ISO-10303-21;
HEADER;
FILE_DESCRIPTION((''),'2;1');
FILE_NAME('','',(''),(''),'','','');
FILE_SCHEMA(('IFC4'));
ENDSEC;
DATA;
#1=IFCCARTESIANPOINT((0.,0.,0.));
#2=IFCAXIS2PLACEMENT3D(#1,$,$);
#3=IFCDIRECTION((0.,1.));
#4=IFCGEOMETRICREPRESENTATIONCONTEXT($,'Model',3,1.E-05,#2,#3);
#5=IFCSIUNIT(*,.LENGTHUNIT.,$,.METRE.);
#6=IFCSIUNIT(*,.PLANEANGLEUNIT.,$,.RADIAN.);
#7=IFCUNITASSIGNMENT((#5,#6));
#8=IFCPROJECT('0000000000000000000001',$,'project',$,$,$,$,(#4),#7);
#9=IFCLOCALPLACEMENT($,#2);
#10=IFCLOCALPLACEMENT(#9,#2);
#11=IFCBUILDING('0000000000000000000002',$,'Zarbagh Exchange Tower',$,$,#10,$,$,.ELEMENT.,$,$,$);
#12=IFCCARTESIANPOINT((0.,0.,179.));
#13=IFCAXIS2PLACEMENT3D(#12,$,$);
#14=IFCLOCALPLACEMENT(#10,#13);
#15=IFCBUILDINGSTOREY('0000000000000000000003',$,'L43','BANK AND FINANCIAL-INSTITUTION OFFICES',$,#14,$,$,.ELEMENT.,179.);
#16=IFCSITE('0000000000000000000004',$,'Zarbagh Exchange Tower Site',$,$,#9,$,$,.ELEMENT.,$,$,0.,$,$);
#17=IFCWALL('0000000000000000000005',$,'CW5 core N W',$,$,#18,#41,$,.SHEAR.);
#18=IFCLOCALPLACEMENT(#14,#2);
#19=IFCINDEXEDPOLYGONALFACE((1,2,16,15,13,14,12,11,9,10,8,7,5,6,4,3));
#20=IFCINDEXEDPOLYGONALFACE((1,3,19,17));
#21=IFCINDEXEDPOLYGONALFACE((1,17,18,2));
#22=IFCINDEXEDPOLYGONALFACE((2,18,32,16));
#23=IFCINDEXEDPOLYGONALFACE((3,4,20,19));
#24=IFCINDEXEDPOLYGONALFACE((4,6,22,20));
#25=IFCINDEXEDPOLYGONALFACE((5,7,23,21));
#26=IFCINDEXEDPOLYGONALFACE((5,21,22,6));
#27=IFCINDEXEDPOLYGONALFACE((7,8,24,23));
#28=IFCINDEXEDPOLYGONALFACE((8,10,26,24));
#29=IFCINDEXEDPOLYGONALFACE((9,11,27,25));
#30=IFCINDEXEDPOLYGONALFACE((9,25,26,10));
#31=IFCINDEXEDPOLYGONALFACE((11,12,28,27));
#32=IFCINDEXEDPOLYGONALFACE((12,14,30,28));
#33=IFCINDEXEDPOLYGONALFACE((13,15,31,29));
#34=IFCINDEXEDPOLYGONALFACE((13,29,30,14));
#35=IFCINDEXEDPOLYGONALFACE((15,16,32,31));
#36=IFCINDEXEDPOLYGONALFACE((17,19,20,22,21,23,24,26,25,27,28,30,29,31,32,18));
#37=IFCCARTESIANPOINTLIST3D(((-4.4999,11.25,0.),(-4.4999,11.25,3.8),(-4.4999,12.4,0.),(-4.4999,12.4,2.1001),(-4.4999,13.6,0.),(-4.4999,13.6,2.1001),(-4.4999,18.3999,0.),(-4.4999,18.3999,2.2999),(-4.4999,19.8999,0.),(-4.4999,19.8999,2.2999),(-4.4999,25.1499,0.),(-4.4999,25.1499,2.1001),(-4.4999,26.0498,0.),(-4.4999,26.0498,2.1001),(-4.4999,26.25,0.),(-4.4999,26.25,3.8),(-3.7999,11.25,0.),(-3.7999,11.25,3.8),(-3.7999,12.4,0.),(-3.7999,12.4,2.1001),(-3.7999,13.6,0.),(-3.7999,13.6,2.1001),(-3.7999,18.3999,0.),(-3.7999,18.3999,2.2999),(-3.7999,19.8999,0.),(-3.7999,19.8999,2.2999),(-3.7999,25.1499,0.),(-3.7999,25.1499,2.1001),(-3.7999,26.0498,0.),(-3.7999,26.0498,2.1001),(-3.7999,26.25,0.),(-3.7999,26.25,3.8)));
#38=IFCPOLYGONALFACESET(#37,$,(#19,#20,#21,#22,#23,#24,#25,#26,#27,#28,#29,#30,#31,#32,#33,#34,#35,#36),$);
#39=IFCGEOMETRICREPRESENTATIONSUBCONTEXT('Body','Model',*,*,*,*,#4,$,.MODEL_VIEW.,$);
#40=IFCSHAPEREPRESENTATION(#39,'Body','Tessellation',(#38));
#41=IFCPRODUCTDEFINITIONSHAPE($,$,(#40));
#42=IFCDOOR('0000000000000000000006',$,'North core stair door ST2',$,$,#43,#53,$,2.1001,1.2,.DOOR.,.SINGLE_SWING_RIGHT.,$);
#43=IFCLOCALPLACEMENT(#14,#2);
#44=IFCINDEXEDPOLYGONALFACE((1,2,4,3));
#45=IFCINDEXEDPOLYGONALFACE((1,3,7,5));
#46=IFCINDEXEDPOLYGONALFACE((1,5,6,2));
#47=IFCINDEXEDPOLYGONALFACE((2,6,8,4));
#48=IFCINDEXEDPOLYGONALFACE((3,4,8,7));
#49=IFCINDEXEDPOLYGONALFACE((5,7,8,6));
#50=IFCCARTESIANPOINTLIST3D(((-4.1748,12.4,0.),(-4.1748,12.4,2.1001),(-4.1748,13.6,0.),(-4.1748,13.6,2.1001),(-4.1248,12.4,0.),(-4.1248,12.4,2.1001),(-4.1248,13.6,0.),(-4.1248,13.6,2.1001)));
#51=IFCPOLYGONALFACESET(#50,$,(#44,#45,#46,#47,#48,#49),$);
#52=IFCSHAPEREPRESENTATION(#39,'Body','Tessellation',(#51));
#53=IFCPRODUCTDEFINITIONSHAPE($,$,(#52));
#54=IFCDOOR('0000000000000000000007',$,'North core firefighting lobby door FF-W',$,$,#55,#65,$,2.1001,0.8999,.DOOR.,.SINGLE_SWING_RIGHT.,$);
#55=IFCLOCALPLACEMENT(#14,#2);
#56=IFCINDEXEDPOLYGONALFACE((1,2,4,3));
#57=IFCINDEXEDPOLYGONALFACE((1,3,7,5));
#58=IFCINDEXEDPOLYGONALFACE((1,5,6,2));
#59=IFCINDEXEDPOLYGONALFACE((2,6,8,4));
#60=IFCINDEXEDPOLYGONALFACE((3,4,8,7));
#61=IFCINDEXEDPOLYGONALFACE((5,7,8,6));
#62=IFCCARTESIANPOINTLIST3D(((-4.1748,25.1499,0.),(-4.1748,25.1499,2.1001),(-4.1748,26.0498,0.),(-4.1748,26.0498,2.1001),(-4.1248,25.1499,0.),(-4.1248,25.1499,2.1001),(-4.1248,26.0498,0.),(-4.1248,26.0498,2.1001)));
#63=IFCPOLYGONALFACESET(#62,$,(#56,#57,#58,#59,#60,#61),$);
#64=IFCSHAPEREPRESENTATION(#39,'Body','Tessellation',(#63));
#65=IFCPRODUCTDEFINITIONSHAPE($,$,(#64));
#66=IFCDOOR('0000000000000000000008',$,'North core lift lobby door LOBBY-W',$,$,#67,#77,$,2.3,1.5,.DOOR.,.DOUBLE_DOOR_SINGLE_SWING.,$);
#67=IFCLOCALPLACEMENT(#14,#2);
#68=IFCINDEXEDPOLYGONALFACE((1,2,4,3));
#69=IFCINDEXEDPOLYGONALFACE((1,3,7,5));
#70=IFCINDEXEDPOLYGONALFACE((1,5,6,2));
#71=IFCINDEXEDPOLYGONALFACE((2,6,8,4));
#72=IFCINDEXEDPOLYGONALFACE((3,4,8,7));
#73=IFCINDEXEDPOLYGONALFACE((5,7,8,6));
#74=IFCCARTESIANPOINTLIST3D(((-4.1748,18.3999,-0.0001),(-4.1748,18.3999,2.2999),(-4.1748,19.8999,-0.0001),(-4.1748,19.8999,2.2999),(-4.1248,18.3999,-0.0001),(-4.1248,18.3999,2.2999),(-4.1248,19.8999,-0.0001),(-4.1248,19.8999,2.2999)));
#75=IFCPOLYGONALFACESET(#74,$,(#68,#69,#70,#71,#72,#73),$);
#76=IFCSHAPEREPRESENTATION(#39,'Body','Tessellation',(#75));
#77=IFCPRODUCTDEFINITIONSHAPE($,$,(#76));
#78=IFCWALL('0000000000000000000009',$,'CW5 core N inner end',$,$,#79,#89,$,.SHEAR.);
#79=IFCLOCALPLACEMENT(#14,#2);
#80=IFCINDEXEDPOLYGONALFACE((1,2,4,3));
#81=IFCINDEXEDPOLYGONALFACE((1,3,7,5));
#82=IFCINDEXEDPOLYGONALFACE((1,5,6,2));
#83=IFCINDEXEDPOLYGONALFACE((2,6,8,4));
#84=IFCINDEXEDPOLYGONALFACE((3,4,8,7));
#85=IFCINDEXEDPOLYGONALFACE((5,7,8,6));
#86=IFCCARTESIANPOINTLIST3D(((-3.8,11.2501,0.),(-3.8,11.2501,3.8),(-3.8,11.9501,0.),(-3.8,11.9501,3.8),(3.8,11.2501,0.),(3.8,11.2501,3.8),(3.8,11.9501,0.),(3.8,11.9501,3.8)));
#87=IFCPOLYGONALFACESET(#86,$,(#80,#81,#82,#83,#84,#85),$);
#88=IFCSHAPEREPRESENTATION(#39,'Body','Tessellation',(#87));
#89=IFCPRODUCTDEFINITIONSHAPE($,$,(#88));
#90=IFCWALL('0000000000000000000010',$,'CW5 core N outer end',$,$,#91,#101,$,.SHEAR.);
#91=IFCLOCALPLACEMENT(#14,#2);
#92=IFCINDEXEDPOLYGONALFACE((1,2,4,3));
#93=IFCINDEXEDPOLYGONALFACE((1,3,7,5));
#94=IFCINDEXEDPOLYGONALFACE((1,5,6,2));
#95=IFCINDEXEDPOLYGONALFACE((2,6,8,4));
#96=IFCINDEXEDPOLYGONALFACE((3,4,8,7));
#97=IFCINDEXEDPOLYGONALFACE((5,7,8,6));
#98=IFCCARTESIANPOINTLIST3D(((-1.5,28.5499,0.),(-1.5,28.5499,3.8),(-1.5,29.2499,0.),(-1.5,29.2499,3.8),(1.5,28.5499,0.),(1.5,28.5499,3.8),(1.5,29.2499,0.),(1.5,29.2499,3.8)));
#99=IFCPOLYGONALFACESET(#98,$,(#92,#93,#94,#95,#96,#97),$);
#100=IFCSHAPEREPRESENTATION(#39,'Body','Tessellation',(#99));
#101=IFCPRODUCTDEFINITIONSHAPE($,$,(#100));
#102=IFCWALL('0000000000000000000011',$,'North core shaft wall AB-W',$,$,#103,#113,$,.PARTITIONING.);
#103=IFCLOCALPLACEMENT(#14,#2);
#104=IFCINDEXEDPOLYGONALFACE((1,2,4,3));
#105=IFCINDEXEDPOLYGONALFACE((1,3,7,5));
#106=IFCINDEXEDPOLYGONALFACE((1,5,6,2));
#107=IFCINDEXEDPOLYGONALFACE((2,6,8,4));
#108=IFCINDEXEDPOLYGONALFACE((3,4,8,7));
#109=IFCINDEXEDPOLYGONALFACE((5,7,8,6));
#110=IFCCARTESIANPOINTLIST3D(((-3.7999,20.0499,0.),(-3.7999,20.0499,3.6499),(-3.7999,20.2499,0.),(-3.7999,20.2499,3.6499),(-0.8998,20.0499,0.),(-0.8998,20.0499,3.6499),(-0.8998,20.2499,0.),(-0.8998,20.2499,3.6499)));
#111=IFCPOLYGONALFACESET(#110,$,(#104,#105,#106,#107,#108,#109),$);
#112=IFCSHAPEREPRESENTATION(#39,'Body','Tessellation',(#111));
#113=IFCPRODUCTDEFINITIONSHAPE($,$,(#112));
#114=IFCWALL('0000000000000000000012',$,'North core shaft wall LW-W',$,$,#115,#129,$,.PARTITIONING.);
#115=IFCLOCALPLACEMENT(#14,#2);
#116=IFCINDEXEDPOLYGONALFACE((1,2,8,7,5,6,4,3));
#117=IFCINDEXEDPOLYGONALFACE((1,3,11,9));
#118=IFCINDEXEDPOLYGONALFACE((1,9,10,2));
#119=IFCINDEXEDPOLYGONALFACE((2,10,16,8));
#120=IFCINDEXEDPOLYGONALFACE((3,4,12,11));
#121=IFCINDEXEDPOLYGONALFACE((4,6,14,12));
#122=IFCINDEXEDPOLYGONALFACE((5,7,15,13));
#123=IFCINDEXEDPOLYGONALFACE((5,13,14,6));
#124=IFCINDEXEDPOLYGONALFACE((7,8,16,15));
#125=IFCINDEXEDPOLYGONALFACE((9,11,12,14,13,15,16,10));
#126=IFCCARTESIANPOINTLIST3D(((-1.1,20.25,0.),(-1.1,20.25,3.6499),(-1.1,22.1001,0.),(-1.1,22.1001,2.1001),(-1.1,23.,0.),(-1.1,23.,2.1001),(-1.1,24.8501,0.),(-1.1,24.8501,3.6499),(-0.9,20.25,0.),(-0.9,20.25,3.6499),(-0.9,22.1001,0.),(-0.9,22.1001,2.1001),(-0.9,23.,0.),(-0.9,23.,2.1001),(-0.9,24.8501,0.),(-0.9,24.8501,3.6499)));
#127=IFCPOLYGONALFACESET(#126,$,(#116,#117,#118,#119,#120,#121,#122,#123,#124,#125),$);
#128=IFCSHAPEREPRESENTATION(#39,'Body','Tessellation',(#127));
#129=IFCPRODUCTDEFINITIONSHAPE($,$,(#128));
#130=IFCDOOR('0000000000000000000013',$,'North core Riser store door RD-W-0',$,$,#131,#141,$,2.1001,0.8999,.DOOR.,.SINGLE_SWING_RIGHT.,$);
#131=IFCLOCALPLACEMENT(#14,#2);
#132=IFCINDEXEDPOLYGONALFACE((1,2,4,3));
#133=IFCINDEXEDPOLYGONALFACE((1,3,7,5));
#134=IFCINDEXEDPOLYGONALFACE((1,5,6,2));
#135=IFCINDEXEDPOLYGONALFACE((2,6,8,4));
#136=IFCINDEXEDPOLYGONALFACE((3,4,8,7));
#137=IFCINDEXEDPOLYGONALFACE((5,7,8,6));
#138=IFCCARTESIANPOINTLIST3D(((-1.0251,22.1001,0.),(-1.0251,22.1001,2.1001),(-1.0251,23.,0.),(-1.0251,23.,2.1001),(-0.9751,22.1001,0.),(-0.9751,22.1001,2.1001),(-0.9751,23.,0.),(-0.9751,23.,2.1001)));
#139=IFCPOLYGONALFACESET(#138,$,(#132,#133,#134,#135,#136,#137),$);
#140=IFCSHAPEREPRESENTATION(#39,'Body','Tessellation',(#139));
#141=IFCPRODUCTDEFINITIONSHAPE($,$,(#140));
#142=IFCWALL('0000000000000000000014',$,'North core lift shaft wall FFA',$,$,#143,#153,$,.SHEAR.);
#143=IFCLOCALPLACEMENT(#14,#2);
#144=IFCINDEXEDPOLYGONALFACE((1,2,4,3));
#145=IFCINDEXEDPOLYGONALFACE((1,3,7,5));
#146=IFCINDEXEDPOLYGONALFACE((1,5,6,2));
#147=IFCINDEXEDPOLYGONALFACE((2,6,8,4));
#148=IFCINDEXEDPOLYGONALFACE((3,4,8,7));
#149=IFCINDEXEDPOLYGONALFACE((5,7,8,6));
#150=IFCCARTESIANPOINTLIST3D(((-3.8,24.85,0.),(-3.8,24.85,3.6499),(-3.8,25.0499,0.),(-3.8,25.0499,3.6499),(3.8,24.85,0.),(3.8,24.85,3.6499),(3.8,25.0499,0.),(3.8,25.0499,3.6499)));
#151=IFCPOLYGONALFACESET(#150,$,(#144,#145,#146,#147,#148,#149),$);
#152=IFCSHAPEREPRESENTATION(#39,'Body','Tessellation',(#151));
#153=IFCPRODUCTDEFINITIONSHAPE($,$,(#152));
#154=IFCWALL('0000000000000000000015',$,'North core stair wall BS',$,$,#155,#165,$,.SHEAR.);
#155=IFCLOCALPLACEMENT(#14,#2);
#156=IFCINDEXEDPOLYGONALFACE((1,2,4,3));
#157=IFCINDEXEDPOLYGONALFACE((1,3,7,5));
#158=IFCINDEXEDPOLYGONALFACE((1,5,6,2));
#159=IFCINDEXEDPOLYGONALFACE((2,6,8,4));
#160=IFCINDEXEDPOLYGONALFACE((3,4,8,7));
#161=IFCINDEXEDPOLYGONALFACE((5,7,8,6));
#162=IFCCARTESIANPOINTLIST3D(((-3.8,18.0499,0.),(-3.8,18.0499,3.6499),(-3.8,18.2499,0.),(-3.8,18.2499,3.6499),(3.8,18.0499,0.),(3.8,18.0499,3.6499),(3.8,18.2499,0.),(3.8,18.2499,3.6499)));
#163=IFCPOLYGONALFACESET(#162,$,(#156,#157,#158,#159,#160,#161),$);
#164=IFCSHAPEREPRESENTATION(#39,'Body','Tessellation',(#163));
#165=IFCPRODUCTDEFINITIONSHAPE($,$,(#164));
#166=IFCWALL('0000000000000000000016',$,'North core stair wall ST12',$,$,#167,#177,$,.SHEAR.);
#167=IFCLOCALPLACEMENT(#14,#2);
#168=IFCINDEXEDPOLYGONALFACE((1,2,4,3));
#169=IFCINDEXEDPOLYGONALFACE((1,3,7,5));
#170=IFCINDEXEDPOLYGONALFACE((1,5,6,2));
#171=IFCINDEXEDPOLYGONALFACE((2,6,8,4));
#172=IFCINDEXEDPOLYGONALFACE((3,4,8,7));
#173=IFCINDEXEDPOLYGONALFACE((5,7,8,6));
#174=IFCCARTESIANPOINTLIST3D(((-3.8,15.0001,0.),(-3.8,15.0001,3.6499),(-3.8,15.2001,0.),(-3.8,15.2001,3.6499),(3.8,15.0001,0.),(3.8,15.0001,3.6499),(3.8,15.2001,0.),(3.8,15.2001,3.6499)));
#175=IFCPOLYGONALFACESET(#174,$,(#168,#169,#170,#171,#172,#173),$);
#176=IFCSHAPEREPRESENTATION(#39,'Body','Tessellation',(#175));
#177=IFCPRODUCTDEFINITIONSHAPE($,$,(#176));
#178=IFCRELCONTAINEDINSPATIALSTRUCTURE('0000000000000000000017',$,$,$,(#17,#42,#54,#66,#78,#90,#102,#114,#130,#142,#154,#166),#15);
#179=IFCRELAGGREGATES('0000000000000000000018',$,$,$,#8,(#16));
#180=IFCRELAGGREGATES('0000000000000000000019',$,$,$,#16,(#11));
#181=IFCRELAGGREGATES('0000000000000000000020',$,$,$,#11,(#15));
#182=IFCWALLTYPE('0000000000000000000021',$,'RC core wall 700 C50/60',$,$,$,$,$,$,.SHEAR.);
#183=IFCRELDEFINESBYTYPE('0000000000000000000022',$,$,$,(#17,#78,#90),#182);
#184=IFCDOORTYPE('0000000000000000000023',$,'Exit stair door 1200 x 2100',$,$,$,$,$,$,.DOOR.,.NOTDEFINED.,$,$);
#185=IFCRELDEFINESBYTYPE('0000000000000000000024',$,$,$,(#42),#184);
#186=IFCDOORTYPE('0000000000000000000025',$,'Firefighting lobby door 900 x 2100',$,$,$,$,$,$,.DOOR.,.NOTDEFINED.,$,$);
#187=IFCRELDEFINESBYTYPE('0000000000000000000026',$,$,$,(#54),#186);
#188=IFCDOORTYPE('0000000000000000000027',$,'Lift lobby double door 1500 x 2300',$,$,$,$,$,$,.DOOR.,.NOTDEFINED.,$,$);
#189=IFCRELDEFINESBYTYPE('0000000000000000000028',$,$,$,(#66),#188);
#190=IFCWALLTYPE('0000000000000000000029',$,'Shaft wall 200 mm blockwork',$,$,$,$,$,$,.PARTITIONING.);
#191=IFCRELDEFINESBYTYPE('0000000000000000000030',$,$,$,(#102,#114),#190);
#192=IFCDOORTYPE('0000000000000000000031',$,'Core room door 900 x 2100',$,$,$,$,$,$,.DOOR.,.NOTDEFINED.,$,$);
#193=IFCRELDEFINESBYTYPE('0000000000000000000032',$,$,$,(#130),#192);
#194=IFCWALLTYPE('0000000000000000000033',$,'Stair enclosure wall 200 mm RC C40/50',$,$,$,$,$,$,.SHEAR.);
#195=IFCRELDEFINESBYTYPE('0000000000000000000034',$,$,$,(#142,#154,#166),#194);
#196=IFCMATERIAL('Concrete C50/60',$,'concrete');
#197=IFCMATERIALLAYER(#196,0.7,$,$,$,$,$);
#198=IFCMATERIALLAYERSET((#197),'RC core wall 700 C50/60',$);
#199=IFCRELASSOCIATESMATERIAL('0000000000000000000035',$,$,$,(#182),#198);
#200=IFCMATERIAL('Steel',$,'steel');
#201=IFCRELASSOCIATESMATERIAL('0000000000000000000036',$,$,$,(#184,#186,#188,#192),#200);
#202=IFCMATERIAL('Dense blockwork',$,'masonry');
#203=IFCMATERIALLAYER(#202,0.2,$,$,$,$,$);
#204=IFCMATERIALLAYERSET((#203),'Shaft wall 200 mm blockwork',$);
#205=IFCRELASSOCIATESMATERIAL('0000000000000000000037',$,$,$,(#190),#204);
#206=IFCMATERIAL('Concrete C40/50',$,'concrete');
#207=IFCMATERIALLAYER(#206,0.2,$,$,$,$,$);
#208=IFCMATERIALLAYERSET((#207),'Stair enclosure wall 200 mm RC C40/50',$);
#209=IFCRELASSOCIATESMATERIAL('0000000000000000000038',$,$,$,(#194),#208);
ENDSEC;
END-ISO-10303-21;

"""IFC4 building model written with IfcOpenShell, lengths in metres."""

from ifc_helpers import new_model, si_unit, direction, frame, frame_2d, origin, place, context, subcontext, project, spatial, rectangle, extrude, material, layer, layer_set, type_object, element, fill, save


model = new_model("IFC4")

# Units and contexts
model_context = context("Model", 3, precision=1e-05, world=origin(), true_north=direction((0.0, 1.0)))
body_context = subcontext(model_context, "Body", "Model", "MODEL_VIEW")
ifc_project = project(units=[si_unit("LENGTHUNIT", "METRE"), si_unit("PLANEANGLEUNIT", "RADIAN")], contexts=[model_context])

# Site, building, storey
site_placement = place(None, origin())
site = spatial("IfcSite", under=ifc_project, at=site_placement, Name="Zarbagh Exchange Tower Site", CompositionType="ELEMENT", RefElevation=0.0)
building_placement = place(site_placement, origin())
building = spatial("IfcBuilding", under=site, at=building_placement, Name="Zarbagh Exchange Tower", CompositionType="ELEMENT")
storey_placement = place(building_placement, frame((0.0, 0.0, 179.0)))
storey = spatial("IfcBuildingStorey", under=building, at=storey_placement, Name="L43", Description="BANK AND FINANCIAL-INSTITUTION OFFICES", CompositionType="ELEMENT", Elevation=179.0)

# Shared definitions
ifc_material_1 = material(Name="Concrete C50/60", Category="concrete")

# Wall, openings, doors
ifc_layer_1 = layer(ifc_material_1, 0.7)
ifc_layer_set_1 = layer_set([ifc_layer_1], Name="RC core wall 700 C50/60")
wall_type_1 = type_object("IfcWallType", Name="RC core wall 700 C50/60", PredefinedType="SHEAR", material=ifc_layer_set_1)
wall_1_placement = place(storey_placement, frame((-4.1499, 11.25, 0.0), z_axis=(0.0, 0.0, 1.0), x_axis=(0.0, 1.0, 0.0)))
wall_1 = element("IfcWall", 1, at=wall_1_placement, inside=storey, type_object=wall_type_1, Name="CW5 core N W", PredefinedType="SHEAR", context=body_context, shape_type="SweptSolid", body=[
    extrude(rectangle(XDim=15.0, YDim=0.7, at=frame_2d((7.5, 0.0))), origin(), (0.0, 0.0, 1.0), 3.8),
])
opening_1_placement = place(wall_1_placement, frame((7.1499, 0.0, 0.0)))
opening_1 = element("IfcOpeningElement", 2, at=opening_1_placement, cuts=wall_1, PredefinedType="OPENING", context=body_context, shape_type="SweptSolid", body=[
    extrude(rectangle(XDim=1.5, YDim=2.3, at=frame_2d((0.75, 1.1499))), frame((0.0, 0.3599, 0.0), z_axis=(0.0, -1.0, 0.0), x_axis=(1.0, 0.0, 0.0)), (0.0, 0.0, 1.0), 0.72),
])
opening_2_placement = place(wall_1_placement, frame((13.8999, 0.0, 0.0)))
opening_2 = element("IfcOpeningElement", 3, at=opening_2_placement, cuts=wall_1, PredefinedType="OPENING", context=body_context, shape_type="SweptSolid", body=[
    extrude(rectangle(XDim=0.8999, YDim=2.1001, at=frame_2d((0.45, 1.05))), frame((0.0, 0.3599, 0.0), z_axis=(0.0, -1.0, 0.0), x_axis=(1.0, 0.0, 0.0)), (0.0, 0.0, 1.0), 0.72),
])
opening_3_placement = place(wall_1_placement, frame((1.1499, 0.0, 0.0)))
opening_3 = element("IfcOpeningElement", 4, at=opening_3_placement, cuts=wall_1, PredefinedType="OPENING", context=body_context, shape_type="SweptSolid", body=[
    extrude(rectangle(XDim=1.2, YDim=2.1001, at=frame_2d((0.6001, 1.05))), frame((0.0, 0.3599, 0.0), z_axis=(0.0, -1.0, 0.0), x_axis=(1.0, 0.0, 0.0)), (0.0, 0.0, 1.0), 0.72),
])
ifc_material_2 = material(Name="Steel", Category="steel")
door_type_1 = type_object("IfcDoorType", Name="Exit stair door 1200 x 2100", OperationType="NOTDEFINED", PredefinedType="DOOR", material=ifc_material_2)
door_1_placement = place(opening_3_placement, origin())
door_1 = element("IfcDoor", 5, at=door_1_placement, inside=storey, type_object=door_type_1, Name="North core stair door ST2", OperationType="SINGLE_SWING_RIGHT", OverallHeight=2.1001, OverallWidth=1.2, PredefinedType="DOOR", context=body_context, shape_type="SweptSolid", body=[
    extrude(rectangle(XDim=1.2, YDim=2.1001, at=frame_2d((0.6001, 1.05))), frame((0.0, 0.0249, 0.0), z_axis=(0.0, -1.0, 0.0), x_axis=(1.0, 0.0, 0.0)), (0.0, 0.0, 1.0), 0.05),
])
fill(opening_3, door_1)
door_type_2 = type_object("IfcDoorType", Name="Firefighting lobby door 900 x 2100", OperationType="NOTDEFINED", PredefinedType="DOOR", material=ifc_material_2)
door_2_placement = place(opening_2_placement, origin())
door_2 = element("IfcDoor", 6, at=door_2_placement, inside=storey, type_object=door_type_2, Name="North core firefighting lobby door FF-W", OperationType="SINGLE_SWING_RIGHT", OverallHeight=2.1001, OverallWidth=0.8999, PredefinedType="DOOR", context=body_context, shape_type="SweptSolid", body=[
    extrude(rectangle(XDim=0.8999, YDim=2.1001, at=frame_2d((0.45, 1.05))), frame((0.0, 0.0249, 0.0), z_axis=(0.0, -1.0, 0.0), x_axis=(1.0, 0.0, 0.0)), (0.0, 0.0, 1.0), 0.05),
])
fill(opening_2, door_2)
door_type_3 = type_object("IfcDoorType", Name="Lift lobby double door 1500 x 2300", OperationType="NOTDEFINED", PredefinedType="DOOR", material=ifc_material_2)
door_3_placement = place(opening_1_placement, origin())
door_3 = element("IfcDoor", 7, at=door_3_placement, inside=storey, type_object=door_type_3, Name="North core lift lobby door LOBBY-W", OperationType="DOUBLE_DOOR_SINGLE_SWING", OverallHeight=2.3, OverallWidth=1.5, PredefinedType="DOOR", context=body_context, shape_type="SweptSolid", body=[
    extrude(rectangle(XDim=1.5, YDim=2.3, at=frame_2d((0.75, 1.1499))), frame((0.0, 0.0249, 0.0), z_axis=(0.0, -1.0, 0.0), x_axis=(1.0, 0.0, 0.0)), (0.0, 0.0, 1.0), 0.05),
])
fill(opening_1, door_3)

# Walls
wall_2_placement = place(storey_placement, frame((-3.8, 11.6001, 0.0), z_axis=(0.0, 0.0, 1.0), x_axis=(1.0, 0.0, 0.0)))
element("IfcWall", 8, at=wall_2_placement, inside=storey, type_object=wall_type_1, Name="CW5 core N inner end", PredefinedType="SHEAR", context=body_context, shape_type="SweptSolid", body=[
    extrude(rectangle(XDim=7.6001, YDim=0.7, at=frame_2d((3.8, 0.0))), origin(), (0.0, 0.0, 1.0), 3.8),
])
wall_3_placement = place(storey_placement, frame((-1.5, 28.8999, 0.0), z_axis=(0.0, 0.0, 1.0), x_axis=(1.0, 0.0, 0.0)))
element("IfcWall", 9, at=wall_3_placement, inside=storey, type_object=wall_type_1, Name="CW5 core N outer end", PredefinedType="SHEAR", context=body_context, shape_type="SweptSolid", body=[
    extrude(rectangle(XDim=3.0, YDim=0.7, at=frame_2d((1.5, 0.0))), origin(), (0.0, 0.0, 1.0), 3.8),
])
ifc_material_3 = material(Name="Dense blockwork", Category="masonry")
ifc_layer_2 = layer(ifc_material_3, 0.2)
ifc_layer_set_2 = layer_set([ifc_layer_2], Name="Shaft wall 200 mm blockwork")
wall_type_2 = type_object("IfcWallType", Name="Shaft wall 200 mm blockwork", PredefinedType="PARTITIONING", material=ifc_layer_set_2)
wall_4_placement = place(storey_placement, frame((-3.8, 20.1499, 0.0), z_axis=(0.0, 0.0, 1.0), x_axis=(1.0, 0.0, 0.0)))
element("IfcWall", 10, at=wall_4_placement, inside=storey, type_object=wall_type_2, Name="North core shaft wall AB-W", PredefinedType="PARTITIONING", context=body_context, shape_type="SweptSolid", body=[
    extrude(rectangle(XDim=2.9001, YDim=0.2, at=frame_2d((1.4502, 0.0))), origin(), (0.0, 0.0, 1.0), 3.6499),
])

# Wall, opening, door
wall_5_placement = place(storey_placement, frame((-1.0, 24.8501, 0.0), z_axis=(0.0, 0.0, 1.0), x_axis=(0.0, -1.0, 0.0)))
wall_5 = element("IfcWall", 11, at=wall_5_placement, inside=storey, type_object=wall_type_2, Name="North core shaft wall LW-W", PredefinedType="PARTITIONING", context=body_context, shape_type="SweptSolid", body=[
    extrude(rectangle(XDim=4.6001, YDim=0.2, at=frame_2d((2.3, 0.0))), origin(), (0.0, 0.0, 1.0), 3.6499),
])
opening_4_placement = place(wall_5_placement, frame((1.8501, 0.0, 0.0)))
opening_4 = element("IfcOpeningElement", 12, at=opening_4_placement, cuts=wall_5, PredefinedType="OPENING", context=body_context, shape_type="SweptSolid", body=[
    extrude(rectangle(XDim=0.8999, YDim=2.1001, at=frame_2d((0.45, 1.05))), frame((0.0, 0.1099, 0.0), z_axis=(0.0, -1.0, 0.0), x_axis=(1.0, 0.0, 0.0)), (0.0, 0.0, 1.0), 0.22),
])
door_type_4 = type_object("IfcDoorType", Name="Core room door 900 x 2100", OperationType="NOTDEFINED", PredefinedType="DOOR", material=ifc_material_2)
door_4_placement = place(opening_4_placement, origin())
door_4 = element("IfcDoor", 13, at=door_4_placement, inside=storey, type_object=door_type_4, Name="North core Riser store door RD-W-0", OperationType="SINGLE_SWING_RIGHT", OverallHeight=2.1001, OverallWidth=0.8999, PredefinedType="DOOR", context=body_context, shape_type="SweptSolid", body=[
    extrude(rectangle(XDim=0.8999, YDim=2.1001, at=frame_2d((0.45, 1.05))), frame((0.0, 0.0249, 0.0), z_axis=(0.0, -1.0, 0.0), x_axis=(1.0, 0.0, 0.0)), (0.0, 0.0, 1.0), 0.05),
])
fill(opening_4, door_4)

# Walls
ifc_material_4 = material(Name="Concrete C40/50", Category="concrete")
ifc_layer_3 = layer(ifc_material_4, 0.2)
ifc_layer_set_3 = layer_set([ifc_layer_3], Name="Stair enclosure wall 200 mm RC C40/50")
wall_type_3 = type_object("IfcWallType", Name="Stair enclosure wall 200 mm RC C40/50", PredefinedType="SHEAR", material=ifc_layer_set_3)
for number, where, z_axis, x_axis, name in (
    (14, (-3.8, 24.95, 0.0), (0.0, 0.0, 1.0), (1.0, 0.0, 0.0), "North core lift shaft wall FFA"),
    (15, (-3.8, 18.1499, 0.0), (0.0, 0.0, 1.0), (1.0, 0.0, 0.0), "North core stair wall BS"),
    (16, (-3.8, 15.1001, 0.0), (0.0, 0.0, 1.0), (1.0, 0.0, 0.0), "North core stair wall ST12"),
):
    element("IfcWall", number, at=place(storey_placement, frame(where, z_axis=z_axis, x_axis=x_axis)), inside=storey, type_object=wall_type_3, Name=name, PredefinedType="SHEAR", context=body_context, shape_type="SweptSolid", body=[
        extrude(rectangle(XDim=7.6001, YDim=0.2, at=frame_2d((3.8, 0.0))), origin(), (0.0, 0.0, 1.0), 3.6499),
    ])

save(model, "model.ifc")
